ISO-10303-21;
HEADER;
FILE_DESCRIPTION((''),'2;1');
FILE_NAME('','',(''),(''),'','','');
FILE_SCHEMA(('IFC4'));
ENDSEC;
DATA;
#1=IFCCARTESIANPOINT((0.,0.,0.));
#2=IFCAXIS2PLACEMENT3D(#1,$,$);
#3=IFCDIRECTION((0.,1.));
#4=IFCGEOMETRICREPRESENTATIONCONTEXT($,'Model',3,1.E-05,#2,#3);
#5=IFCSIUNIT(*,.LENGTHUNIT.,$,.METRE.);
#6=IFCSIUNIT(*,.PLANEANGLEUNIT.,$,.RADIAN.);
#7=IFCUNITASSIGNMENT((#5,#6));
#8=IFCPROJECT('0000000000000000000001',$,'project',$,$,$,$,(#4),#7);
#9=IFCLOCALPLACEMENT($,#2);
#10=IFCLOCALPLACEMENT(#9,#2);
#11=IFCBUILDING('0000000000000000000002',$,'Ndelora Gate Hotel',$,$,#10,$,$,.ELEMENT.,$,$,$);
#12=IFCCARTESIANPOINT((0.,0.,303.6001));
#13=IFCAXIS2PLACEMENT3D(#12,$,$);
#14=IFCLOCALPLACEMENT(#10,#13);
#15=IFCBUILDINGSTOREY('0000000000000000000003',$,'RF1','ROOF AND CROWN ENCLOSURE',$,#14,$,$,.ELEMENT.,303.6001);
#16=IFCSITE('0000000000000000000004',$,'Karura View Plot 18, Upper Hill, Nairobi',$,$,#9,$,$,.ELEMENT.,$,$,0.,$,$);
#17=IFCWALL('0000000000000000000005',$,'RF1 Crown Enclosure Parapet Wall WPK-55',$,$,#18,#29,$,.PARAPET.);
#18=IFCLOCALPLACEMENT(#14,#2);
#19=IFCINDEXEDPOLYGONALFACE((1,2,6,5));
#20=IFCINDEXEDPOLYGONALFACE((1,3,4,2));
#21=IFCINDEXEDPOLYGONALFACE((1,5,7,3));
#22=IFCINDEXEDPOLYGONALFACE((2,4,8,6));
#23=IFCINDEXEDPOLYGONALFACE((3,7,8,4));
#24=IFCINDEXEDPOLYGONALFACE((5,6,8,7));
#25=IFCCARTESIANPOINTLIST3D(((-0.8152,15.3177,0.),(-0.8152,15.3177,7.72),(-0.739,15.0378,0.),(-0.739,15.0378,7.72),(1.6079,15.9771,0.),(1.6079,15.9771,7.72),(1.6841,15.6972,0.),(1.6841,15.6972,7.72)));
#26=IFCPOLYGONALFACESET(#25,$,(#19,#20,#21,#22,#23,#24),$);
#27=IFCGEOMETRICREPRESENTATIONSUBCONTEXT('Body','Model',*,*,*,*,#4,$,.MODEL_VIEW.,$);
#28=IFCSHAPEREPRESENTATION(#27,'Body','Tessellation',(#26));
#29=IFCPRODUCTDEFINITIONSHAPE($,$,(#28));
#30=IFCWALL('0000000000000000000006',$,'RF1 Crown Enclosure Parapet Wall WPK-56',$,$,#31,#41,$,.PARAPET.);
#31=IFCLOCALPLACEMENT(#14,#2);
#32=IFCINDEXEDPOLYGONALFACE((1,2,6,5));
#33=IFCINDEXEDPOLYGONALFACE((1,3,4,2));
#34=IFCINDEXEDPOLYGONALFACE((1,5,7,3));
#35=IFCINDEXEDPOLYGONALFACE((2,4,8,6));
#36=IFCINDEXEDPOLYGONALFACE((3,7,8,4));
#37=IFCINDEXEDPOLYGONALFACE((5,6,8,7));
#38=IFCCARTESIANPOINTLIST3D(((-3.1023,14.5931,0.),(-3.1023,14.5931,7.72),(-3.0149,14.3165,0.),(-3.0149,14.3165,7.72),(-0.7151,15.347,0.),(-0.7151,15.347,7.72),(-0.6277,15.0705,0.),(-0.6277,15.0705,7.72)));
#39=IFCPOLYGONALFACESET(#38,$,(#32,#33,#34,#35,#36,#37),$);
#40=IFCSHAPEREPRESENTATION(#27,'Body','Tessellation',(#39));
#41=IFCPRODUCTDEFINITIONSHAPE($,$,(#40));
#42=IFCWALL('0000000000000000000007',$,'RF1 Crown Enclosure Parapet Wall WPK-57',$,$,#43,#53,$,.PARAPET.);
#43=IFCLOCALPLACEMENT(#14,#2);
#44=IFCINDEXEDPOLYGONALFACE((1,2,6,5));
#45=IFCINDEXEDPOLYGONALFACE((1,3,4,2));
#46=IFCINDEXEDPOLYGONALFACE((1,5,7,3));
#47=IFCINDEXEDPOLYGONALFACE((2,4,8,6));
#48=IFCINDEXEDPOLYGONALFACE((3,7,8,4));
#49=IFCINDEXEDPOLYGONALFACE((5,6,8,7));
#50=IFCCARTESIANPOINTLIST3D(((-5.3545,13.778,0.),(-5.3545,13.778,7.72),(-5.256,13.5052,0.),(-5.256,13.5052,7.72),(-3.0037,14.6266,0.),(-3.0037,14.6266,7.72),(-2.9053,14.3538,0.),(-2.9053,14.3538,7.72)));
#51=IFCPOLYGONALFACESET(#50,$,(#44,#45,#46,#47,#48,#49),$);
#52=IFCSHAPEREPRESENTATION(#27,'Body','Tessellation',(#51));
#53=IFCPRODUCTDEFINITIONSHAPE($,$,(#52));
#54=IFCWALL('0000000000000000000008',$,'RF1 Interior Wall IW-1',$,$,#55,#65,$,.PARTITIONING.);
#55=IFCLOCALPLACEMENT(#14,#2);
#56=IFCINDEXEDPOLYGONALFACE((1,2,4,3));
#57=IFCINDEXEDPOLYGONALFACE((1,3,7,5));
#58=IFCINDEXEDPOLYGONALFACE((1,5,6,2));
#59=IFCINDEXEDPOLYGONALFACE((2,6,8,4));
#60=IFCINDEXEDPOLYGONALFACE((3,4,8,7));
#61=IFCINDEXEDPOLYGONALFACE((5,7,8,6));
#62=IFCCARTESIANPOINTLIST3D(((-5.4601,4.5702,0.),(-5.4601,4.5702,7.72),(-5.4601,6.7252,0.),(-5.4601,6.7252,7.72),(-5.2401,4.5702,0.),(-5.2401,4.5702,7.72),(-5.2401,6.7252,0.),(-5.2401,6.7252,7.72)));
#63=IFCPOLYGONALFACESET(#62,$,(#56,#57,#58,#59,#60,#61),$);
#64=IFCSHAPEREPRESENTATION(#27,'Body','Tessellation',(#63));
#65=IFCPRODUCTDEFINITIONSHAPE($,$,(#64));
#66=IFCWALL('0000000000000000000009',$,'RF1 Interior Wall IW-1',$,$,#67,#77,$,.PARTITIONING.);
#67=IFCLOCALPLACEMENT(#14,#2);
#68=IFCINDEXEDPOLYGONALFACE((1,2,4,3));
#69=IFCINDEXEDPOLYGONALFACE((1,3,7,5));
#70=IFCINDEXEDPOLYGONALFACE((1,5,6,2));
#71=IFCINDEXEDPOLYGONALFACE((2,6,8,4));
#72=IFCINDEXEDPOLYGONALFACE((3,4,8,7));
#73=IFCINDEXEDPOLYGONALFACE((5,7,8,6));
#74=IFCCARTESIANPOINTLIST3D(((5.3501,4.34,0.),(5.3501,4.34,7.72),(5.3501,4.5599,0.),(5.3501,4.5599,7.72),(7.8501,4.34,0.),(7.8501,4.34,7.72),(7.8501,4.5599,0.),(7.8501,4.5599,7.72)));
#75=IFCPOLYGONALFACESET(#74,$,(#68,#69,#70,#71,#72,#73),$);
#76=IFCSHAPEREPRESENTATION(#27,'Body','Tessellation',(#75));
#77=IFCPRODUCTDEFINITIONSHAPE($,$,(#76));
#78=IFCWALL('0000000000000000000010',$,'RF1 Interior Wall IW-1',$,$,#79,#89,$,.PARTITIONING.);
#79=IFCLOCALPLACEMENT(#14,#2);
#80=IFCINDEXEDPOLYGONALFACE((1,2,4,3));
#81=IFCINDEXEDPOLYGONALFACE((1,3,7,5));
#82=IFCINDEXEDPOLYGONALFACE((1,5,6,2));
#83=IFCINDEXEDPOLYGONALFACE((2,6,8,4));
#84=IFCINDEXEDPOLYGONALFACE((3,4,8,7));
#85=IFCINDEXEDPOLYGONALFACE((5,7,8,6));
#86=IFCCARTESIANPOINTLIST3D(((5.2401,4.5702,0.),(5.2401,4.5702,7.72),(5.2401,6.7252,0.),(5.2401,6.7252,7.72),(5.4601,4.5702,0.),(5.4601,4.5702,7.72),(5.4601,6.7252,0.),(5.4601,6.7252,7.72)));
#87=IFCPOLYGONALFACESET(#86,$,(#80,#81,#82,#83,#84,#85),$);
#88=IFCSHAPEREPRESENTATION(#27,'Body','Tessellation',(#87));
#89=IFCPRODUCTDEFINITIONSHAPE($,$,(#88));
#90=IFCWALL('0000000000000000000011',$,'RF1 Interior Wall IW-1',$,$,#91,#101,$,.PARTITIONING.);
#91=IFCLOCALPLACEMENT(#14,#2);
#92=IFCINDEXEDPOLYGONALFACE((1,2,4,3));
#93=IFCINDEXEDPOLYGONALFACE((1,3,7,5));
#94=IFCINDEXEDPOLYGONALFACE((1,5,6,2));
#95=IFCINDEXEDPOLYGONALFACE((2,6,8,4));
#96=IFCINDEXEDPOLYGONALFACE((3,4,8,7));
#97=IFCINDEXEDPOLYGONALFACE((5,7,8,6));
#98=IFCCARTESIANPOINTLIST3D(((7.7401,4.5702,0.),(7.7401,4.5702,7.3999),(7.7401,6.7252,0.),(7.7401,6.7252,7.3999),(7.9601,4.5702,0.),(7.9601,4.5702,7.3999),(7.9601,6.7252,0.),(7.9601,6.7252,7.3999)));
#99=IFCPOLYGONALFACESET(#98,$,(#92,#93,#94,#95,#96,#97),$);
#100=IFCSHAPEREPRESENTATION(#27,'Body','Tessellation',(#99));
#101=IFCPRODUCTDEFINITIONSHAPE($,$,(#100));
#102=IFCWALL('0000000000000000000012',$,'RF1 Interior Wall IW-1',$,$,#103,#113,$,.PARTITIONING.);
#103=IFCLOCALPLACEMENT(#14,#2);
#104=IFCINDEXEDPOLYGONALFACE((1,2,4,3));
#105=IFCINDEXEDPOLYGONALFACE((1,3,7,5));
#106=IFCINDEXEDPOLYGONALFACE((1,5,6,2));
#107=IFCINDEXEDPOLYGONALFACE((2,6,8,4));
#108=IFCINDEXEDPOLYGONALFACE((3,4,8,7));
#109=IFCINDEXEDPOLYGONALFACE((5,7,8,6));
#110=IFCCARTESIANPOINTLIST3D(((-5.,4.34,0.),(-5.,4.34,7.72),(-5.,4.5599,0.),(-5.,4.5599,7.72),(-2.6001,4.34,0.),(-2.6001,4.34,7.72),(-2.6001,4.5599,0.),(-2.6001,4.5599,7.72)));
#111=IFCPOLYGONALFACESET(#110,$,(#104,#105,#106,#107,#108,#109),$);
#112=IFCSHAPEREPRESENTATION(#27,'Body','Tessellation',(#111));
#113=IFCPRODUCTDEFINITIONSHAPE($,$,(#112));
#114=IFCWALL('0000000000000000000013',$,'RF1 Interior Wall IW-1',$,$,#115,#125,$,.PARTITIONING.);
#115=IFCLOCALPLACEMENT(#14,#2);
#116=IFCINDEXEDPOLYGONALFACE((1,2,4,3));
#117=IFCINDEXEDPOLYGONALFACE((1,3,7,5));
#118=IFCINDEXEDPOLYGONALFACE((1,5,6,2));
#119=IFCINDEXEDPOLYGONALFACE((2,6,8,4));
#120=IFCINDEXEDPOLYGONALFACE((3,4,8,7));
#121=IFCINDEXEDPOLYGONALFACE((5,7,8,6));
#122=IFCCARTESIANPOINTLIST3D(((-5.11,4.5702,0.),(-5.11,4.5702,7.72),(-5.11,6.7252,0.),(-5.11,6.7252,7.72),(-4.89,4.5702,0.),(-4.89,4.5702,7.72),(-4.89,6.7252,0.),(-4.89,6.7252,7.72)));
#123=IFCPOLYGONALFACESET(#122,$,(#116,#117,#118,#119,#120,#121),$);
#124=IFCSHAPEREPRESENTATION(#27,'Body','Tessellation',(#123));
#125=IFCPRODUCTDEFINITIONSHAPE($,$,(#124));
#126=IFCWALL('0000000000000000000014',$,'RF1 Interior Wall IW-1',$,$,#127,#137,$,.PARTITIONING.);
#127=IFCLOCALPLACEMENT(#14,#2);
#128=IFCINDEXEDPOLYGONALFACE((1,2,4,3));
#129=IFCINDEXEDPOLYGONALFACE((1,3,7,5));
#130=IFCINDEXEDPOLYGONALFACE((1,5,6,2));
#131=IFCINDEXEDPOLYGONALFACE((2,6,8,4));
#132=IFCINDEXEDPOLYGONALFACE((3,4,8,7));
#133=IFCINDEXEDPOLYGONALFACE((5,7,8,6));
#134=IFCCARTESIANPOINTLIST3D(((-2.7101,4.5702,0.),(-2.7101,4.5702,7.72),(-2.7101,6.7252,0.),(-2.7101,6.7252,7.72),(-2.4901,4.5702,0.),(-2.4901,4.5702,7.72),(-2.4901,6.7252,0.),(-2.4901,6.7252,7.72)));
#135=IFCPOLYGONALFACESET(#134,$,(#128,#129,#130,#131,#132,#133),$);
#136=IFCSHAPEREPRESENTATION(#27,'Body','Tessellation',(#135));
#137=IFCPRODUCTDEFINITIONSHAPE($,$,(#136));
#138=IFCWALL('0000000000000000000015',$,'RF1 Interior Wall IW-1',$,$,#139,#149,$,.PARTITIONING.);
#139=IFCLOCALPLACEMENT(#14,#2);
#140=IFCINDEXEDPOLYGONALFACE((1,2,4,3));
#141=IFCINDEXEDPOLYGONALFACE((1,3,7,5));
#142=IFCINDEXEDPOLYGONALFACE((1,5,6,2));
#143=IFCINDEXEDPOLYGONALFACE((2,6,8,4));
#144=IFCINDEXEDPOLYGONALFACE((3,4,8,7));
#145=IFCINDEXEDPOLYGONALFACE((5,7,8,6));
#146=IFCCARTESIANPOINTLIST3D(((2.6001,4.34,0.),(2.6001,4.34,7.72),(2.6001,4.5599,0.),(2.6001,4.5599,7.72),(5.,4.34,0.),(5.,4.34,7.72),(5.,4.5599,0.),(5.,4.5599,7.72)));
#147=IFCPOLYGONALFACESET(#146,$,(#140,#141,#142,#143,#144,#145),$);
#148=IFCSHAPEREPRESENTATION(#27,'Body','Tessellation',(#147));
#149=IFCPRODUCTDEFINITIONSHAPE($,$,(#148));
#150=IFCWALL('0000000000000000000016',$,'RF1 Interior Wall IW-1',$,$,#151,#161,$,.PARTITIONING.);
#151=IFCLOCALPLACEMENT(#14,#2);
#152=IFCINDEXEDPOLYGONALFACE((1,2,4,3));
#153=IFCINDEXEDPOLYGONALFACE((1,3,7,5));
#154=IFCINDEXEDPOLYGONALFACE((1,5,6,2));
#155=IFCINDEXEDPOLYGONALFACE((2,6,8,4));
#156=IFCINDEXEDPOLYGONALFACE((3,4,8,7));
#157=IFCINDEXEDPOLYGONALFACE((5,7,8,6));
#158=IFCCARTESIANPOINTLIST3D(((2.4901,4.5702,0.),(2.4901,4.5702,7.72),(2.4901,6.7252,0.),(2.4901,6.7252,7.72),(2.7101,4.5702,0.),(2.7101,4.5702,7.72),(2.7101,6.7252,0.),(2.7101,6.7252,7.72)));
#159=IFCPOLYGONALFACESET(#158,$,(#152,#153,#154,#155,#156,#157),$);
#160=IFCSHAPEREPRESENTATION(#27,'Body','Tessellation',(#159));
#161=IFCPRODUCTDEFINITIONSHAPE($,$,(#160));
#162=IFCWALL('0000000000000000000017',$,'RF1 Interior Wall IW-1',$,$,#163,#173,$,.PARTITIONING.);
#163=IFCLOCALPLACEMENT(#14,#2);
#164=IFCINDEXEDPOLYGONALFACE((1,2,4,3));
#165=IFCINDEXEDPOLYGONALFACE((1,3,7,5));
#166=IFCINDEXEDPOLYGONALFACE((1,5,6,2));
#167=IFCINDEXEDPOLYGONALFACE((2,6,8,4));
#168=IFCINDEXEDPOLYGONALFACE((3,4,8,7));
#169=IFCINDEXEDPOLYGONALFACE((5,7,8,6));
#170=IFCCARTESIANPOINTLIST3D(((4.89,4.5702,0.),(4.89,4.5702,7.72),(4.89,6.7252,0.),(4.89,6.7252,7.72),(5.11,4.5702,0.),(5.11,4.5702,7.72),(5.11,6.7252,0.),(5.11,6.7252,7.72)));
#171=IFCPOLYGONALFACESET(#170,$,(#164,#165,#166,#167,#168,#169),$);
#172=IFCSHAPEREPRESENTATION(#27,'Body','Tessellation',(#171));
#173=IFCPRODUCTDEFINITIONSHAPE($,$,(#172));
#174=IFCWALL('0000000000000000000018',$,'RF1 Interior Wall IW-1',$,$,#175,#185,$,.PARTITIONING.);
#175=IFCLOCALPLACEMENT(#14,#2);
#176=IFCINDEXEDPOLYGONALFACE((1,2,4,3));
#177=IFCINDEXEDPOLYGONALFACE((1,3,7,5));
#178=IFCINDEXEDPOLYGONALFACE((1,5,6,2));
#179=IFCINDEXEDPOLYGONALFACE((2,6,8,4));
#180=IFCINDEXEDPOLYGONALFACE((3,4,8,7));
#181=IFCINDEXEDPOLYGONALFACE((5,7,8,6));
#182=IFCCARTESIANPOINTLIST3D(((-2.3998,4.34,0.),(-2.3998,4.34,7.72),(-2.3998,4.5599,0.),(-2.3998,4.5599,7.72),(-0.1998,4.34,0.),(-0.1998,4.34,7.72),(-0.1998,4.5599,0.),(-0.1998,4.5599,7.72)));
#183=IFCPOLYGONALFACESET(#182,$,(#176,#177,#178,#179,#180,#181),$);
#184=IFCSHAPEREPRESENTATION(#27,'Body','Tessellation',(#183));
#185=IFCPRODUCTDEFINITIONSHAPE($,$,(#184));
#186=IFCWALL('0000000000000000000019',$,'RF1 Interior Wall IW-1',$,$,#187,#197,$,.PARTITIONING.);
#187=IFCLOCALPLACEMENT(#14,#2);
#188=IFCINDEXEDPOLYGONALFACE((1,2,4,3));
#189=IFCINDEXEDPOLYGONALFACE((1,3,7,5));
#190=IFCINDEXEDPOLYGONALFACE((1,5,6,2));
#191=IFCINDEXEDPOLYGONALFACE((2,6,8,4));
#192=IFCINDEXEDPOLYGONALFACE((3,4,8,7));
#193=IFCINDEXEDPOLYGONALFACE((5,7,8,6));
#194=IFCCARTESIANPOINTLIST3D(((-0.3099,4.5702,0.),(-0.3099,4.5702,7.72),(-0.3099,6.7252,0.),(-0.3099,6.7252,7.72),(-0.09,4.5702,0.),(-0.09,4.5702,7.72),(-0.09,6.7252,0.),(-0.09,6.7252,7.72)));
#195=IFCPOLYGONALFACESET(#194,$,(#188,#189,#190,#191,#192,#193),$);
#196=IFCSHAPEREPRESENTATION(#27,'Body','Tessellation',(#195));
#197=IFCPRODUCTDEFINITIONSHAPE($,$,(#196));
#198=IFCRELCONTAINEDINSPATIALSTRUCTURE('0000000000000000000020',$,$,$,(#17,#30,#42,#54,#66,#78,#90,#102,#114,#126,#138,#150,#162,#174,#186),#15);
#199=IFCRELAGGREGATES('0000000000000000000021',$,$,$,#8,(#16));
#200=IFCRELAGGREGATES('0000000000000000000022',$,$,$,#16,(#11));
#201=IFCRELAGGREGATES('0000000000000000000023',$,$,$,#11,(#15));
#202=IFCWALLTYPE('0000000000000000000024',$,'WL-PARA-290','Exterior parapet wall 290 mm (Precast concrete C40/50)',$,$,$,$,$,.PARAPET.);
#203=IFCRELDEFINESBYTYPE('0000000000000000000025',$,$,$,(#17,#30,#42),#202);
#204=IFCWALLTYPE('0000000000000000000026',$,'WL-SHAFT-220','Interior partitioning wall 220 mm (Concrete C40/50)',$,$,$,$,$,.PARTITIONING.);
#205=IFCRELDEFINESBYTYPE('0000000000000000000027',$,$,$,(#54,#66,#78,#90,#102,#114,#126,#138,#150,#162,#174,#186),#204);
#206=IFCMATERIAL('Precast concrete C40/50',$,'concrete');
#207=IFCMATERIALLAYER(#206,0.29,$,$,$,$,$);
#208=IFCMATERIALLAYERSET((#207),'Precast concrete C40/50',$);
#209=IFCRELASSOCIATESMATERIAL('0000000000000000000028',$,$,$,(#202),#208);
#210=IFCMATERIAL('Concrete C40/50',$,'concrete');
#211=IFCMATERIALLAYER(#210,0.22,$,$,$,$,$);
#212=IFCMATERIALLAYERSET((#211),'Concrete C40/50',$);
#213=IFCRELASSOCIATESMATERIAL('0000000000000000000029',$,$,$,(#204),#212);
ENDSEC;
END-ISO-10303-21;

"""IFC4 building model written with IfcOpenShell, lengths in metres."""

from ifc_helpers import new_model, si_unit, direction, frame, frame_2d, origin, place, context, subcontext, project, spatial, rectangle, extrude, material, layer, layer_set, type_object, element, save


model = new_model("IFC4")

# Units and contexts
model_context = context("Model", 3, precision=1e-05, world=origin(), true_north=direction((0.0, 1.0)))
body_context = subcontext(model_context, "Body", "Model", "MODEL_VIEW")
ifc_project = project(units=[si_unit("LENGTHUNIT", "METRE"), si_unit("PLANEANGLEUNIT", "RADIAN")], contexts=[model_context])

# Site, building, storey
site_placement = place(None, origin())
site = spatial("IfcSite", under=ifc_project, at=site_placement, Name="Karura View Plot 18, Upper Hill, Nairobi", CompositionType="ELEMENT", RefElevation=0.0)
building_placement = place(site_placement, origin())
building = spatial("IfcBuilding", under=site, at=building_placement, Name="Ndelora Gate Hotel", CompositionType="ELEMENT")
storey_placement = place(building_placement, frame((0.0, 0.0, 303.6001)))
storey = spatial("IfcBuildingStorey", under=building, at=storey_placement, Name="RF1", Description="ROOF AND CROWN ENCLOSURE", CompositionType="ELEMENT", Elevation=303.6001)

# Walls
ifc_material_1 = material(Name="Precast concrete C40/50", Category="concrete")
ifc_layer_1 = layer(ifc_material_1, 0.29)
ifc_layer_set_1 = layer_set([ifc_layer_1], Name="Precast concrete C40/50")
wall_type_1 = type_object("IfcWallType", Name="WL-PARA-290", Description="Exterior parapet wall 290 mm (Precast concrete C40/50)", PredefinedType="PARAPET", material=ifc_layer_set_1)
wall_1_placement = place(storey_placement, frame((-0.7771, 15.1777, 0.0), z_axis=(0.0, 0.0, 1.0), x_axis=(0.964907, 0.262591, 0.0)))
element("IfcWall", 1, at=wall_1_placement, inside=storey, type_object=wall_type_1, Name="RF1 Crown Enclosure Parapet Wall WPK-55", PredefinedType="PARAPET", context=body_context, shape_type="SweptSolid", body=[
    extrude(rectangle(XDim=2.5112, YDim=0.29, at=frame_2d((1.2556, 0.0))), origin(), (0.0, 0.0, 1.0), 7.72),
])
wall_2_placement = place(storey_placement, frame((-3.0586, 14.4548, 0.0), z_axis=(0.0, 0.0, 1.0), x_axis=(0.953577, 0.30115, 0.0)))
element("IfcWall", 2, at=wall_2_placement, inside=storey, type_object=wall_type_1, Name="RF1 Crown Enclosure Parapet Wall WPK-56", PredefinedType="PARAPET", context=body_context, shape_type="SweptSolid", body=[
    extrude(rectangle(XDim=2.5034, YDim=0.29, at=frame_2d((1.2517, 0.0))), origin(), (0.0, 0.0, 1.0), 7.72),
])
wall_3_placement = place(storey_placement, frame((-5.3052, 13.6416, 0.0), z_axis=(0.0, 0.0, 1.0), x_axis=(0.940589, 0.339546, 0.0)))
element("IfcWall", 3, at=wall_3_placement, inside=storey, type_object=wall_type_1, Name="RF1 Crown Enclosure Parapet Wall WPK-57", PredefinedType="PARAPET", context=body_context, shape_type="SweptSolid", body=[
    extrude(rectangle(XDim=2.4993, YDim=0.29, at=frame_2d((1.2495, 0.0))), origin(), (0.0, 0.0, 1.0), 7.72),
])
ifc_material_2 = material(Name="Concrete C40/50", Category="concrete")
ifc_layer_2 = layer(ifc_material_2, 0.22)
ifc_layer_set_2 = layer_set([ifc_layer_2], Name="Concrete C40/50")
wall_type_2 = type_object("IfcWallType", Name="WL-SHAFT-220", Description="Interior partitioning wall 220 mm (Concrete C40/50)", PredefinedType="PARTITIONING", material=ifc_layer_set_2)
wall_4_placement = place(storey_placement, frame((-5.3501, 4.5701, 0.0), z_axis=(0.0, 0.0, 1.0), x_axis=(0.0, 1.0, 0.0)))
element("IfcWall", 4, at=wall_4_placement, inside=storey, type_object=wall_type_2, Name="RF1 Interior Wall IW-1", PredefinedType="PARTITIONING", context=body_context, shape_type="SweptSolid", body=[
    extrude(rectangle(XDim=2.155, YDim=0.22, at=frame_2d((1.0776, 0.0))), origin(), (0.0, 0.0, 1.0), 7.72),
])
wall_5_placement = place(storey_placement, frame((5.3501, 4.45, 0.0), z_axis=(0.0, 0.0, 1.0), x_axis=(1.0, 0.0, 0.0)))
element("IfcWall", 5, at=wall_5_placement, inside=storey, type_object=wall_type_2, Name="RF1 Interior Wall IW-1", PredefinedType="PARTITIONING", context=body_context, shape_type="SweptSolid", body=[
    extrude(rectangle(XDim=2.5, YDim=0.22, at=frame_2d((1.25, 0.0))), origin(), (0.0, 0.0, 1.0), 7.72),
])
wall_6_placement = place(storey_placement, frame((5.3501, 4.5701, 0.0), z_axis=(0.0, 0.0, 1.0), x_axis=(0.0, 1.0, 0.0)))
element("IfcWall", 6, at=wall_6_placement, inside=storey, type_object=wall_type_2, Name="RF1 Interior Wall IW-1", PredefinedType="PARTITIONING", context=body_context, shape_type="SweptSolid", body=[
    extrude(rectangle(XDim=2.155, YDim=0.22, at=frame_2d((1.0776, 0.0))), origin(), (0.0, 0.0, 1.0), 7.72),
])
wall_7_placement = place(storey_placement, frame((7.8501, 4.5701, 0.0), z_axis=(0.0, 0.0, 1.0), x_axis=(0.0, 1.0, 0.0)))
element("IfcWall", 7, at=wall_7_placement, inside=storey, type_object=wall_type_2, Name="RF1 Interior Wall IW-1", PredefinedType="PARTITIONING", context=body_context, shape_type="SweptSolid", body=[
    extrude(rectangle(XDim=2.155, YDim=0.22, at=frame_2d((1.0776, 0.0))), origin(), (0.0, 0.0, 1.0), 7.3999),
])
wall_8_placement = place(storey_placement, frame((-5.0, 4.45, 0.0), z_axis=(0.0, 0.0, 1.0), x_axis=(1.0, 0.0, 0.0)))
element("IfcWall", 8, at=wall_8_placement, inside=storey, type_object=wall_type_2, Name="RF1 Interior Wall IW-1", PredefinedType="PARTITIONING", context=body_context, shape_type="SweptSolid", body=[
    extrude(rectangle(XDim=2.3999, YDim=0.22, at=frame_2d((1.2, 0.0))), origin(), (0.0, 0.0, 1.0), 7.72),
])
for number, where, z_axis, x_axis, name in (
    (9, (-5.0, 4.5701, 0.0), (0.0, 0.0, 1.0), (0.0, 1.0, 0.0), "RF1 Interior Wall IW-1"),
    (10, (-2.6001, 4.5701, 0.0), (0.0, 0.0, 1.0), (0.0, 1.0, 0.0), "RF1 Interior Wall IW-1"),
):
    element("IfcWall", number, at=place(storey_placement, frame(where, z_axis=z_axis, x_axis=x_axis)), inside=storey, type_object=wall_type_2, Name=name, PredefinedType="PARTITIONING", context=body_context, shape_type="SweptSolid", body=[
        extrude(rectangle(XDim=2.155, YDim=0.22, at=frame_2d((1.0776, 0.0))), origin(), (0.0, 0.0, 1.0), 7.72),
    ])
wall_9_placement = place(storey_placement, frame((2.6001, 4.45, 0.0), z_axis=(0.0, 0.0, 1.0), x_axis=(1.0, 0.0, 0.0)))
element("IfcWall", 11, at=wall_9_placement, inside=storey, type_object=wall_type_2, Name="RF1 Interior Wall IW-1", PredefinedType="PARTITIONING", context=body_context, shape_type="SweptSolid", body=[
    extrude(rectangle(XDim=2.3999, YDim=0.22, at=frame_2d((1.2, 0.0))), origin(), (0.0, 0.0, 1.0), 7.72),
])
for number, where, z_axis, x_axis, name in (
    (12, (2.6001, 4.5701, 0.0), (0.0, 0.0, 1.0), (0.0, 1.0, 0.0), "RF1 Interior Wall IW-1"),
    (13, (5.0, 4.5701, 0.0), (0.0, 0.0, 1.0), (0.0, 1.0, 0.0), "RF1 Interior Wall IW-1"),
):
    element("IfcWall", number, at=place(storey_placement, frame(where, z_axis=z_axis, x_axis=x_axis)), inside=storey, type_object=wall_type_2, Name=name, PredefinedType="PARTITIONING", context=body_context, shape_type="SweptSolid", body=[
        extrude(rectangle(XDim=2.155, YDim=0.22, at=frame_2d((1.0776, 0.0))), origin(), (0.0, 0.0, 1.0), 7.72),
    ])
wall_10_placement = place(storey_placement, frame((-2.3999, 4.45, 0.0), z_axis=(0.0, 0.0, 1.0), x_axis=(1.0, 0.0, 0.0)))
element("IfcWall", 14, at=wall_10_placement, inside=storey, type_object=wall_type_2, Name="RF1 Interior Wall IW-1", PredefinedType="PARTITIONING", context=body_context, shape_type="SweptSolid", body=[
    extrude(rectangle(XDim=2.2, YDim=0.22, at=frame_2d((1.1001, 0.0))), origin(), (0.0, 0.0, 1.0), 7.72),
])
wall_11_placement = place(storey_placement, frame((-0.2, 4.5701, 0.0), z_axis=(0.0, 0.0, 1.0), x_axis=(0.0, 1.0, 0.0)))
element("IfcWall", 15, at=wall_11_placement, inside=storey, type_object=wall_type_2, Name="RF1 Interior Wall IW-1", PredefinedType="PARTITIONING", context=body_context, shape_type="SweptSolid", body=[
    extrude(rectangle(XDim=2.155, YDim=0.22, at=frame_2d((1.0776, 0.0))), origin(), (0.0, 0.0, 1.0), 7.72),
])

save(model, "model.ifc")
